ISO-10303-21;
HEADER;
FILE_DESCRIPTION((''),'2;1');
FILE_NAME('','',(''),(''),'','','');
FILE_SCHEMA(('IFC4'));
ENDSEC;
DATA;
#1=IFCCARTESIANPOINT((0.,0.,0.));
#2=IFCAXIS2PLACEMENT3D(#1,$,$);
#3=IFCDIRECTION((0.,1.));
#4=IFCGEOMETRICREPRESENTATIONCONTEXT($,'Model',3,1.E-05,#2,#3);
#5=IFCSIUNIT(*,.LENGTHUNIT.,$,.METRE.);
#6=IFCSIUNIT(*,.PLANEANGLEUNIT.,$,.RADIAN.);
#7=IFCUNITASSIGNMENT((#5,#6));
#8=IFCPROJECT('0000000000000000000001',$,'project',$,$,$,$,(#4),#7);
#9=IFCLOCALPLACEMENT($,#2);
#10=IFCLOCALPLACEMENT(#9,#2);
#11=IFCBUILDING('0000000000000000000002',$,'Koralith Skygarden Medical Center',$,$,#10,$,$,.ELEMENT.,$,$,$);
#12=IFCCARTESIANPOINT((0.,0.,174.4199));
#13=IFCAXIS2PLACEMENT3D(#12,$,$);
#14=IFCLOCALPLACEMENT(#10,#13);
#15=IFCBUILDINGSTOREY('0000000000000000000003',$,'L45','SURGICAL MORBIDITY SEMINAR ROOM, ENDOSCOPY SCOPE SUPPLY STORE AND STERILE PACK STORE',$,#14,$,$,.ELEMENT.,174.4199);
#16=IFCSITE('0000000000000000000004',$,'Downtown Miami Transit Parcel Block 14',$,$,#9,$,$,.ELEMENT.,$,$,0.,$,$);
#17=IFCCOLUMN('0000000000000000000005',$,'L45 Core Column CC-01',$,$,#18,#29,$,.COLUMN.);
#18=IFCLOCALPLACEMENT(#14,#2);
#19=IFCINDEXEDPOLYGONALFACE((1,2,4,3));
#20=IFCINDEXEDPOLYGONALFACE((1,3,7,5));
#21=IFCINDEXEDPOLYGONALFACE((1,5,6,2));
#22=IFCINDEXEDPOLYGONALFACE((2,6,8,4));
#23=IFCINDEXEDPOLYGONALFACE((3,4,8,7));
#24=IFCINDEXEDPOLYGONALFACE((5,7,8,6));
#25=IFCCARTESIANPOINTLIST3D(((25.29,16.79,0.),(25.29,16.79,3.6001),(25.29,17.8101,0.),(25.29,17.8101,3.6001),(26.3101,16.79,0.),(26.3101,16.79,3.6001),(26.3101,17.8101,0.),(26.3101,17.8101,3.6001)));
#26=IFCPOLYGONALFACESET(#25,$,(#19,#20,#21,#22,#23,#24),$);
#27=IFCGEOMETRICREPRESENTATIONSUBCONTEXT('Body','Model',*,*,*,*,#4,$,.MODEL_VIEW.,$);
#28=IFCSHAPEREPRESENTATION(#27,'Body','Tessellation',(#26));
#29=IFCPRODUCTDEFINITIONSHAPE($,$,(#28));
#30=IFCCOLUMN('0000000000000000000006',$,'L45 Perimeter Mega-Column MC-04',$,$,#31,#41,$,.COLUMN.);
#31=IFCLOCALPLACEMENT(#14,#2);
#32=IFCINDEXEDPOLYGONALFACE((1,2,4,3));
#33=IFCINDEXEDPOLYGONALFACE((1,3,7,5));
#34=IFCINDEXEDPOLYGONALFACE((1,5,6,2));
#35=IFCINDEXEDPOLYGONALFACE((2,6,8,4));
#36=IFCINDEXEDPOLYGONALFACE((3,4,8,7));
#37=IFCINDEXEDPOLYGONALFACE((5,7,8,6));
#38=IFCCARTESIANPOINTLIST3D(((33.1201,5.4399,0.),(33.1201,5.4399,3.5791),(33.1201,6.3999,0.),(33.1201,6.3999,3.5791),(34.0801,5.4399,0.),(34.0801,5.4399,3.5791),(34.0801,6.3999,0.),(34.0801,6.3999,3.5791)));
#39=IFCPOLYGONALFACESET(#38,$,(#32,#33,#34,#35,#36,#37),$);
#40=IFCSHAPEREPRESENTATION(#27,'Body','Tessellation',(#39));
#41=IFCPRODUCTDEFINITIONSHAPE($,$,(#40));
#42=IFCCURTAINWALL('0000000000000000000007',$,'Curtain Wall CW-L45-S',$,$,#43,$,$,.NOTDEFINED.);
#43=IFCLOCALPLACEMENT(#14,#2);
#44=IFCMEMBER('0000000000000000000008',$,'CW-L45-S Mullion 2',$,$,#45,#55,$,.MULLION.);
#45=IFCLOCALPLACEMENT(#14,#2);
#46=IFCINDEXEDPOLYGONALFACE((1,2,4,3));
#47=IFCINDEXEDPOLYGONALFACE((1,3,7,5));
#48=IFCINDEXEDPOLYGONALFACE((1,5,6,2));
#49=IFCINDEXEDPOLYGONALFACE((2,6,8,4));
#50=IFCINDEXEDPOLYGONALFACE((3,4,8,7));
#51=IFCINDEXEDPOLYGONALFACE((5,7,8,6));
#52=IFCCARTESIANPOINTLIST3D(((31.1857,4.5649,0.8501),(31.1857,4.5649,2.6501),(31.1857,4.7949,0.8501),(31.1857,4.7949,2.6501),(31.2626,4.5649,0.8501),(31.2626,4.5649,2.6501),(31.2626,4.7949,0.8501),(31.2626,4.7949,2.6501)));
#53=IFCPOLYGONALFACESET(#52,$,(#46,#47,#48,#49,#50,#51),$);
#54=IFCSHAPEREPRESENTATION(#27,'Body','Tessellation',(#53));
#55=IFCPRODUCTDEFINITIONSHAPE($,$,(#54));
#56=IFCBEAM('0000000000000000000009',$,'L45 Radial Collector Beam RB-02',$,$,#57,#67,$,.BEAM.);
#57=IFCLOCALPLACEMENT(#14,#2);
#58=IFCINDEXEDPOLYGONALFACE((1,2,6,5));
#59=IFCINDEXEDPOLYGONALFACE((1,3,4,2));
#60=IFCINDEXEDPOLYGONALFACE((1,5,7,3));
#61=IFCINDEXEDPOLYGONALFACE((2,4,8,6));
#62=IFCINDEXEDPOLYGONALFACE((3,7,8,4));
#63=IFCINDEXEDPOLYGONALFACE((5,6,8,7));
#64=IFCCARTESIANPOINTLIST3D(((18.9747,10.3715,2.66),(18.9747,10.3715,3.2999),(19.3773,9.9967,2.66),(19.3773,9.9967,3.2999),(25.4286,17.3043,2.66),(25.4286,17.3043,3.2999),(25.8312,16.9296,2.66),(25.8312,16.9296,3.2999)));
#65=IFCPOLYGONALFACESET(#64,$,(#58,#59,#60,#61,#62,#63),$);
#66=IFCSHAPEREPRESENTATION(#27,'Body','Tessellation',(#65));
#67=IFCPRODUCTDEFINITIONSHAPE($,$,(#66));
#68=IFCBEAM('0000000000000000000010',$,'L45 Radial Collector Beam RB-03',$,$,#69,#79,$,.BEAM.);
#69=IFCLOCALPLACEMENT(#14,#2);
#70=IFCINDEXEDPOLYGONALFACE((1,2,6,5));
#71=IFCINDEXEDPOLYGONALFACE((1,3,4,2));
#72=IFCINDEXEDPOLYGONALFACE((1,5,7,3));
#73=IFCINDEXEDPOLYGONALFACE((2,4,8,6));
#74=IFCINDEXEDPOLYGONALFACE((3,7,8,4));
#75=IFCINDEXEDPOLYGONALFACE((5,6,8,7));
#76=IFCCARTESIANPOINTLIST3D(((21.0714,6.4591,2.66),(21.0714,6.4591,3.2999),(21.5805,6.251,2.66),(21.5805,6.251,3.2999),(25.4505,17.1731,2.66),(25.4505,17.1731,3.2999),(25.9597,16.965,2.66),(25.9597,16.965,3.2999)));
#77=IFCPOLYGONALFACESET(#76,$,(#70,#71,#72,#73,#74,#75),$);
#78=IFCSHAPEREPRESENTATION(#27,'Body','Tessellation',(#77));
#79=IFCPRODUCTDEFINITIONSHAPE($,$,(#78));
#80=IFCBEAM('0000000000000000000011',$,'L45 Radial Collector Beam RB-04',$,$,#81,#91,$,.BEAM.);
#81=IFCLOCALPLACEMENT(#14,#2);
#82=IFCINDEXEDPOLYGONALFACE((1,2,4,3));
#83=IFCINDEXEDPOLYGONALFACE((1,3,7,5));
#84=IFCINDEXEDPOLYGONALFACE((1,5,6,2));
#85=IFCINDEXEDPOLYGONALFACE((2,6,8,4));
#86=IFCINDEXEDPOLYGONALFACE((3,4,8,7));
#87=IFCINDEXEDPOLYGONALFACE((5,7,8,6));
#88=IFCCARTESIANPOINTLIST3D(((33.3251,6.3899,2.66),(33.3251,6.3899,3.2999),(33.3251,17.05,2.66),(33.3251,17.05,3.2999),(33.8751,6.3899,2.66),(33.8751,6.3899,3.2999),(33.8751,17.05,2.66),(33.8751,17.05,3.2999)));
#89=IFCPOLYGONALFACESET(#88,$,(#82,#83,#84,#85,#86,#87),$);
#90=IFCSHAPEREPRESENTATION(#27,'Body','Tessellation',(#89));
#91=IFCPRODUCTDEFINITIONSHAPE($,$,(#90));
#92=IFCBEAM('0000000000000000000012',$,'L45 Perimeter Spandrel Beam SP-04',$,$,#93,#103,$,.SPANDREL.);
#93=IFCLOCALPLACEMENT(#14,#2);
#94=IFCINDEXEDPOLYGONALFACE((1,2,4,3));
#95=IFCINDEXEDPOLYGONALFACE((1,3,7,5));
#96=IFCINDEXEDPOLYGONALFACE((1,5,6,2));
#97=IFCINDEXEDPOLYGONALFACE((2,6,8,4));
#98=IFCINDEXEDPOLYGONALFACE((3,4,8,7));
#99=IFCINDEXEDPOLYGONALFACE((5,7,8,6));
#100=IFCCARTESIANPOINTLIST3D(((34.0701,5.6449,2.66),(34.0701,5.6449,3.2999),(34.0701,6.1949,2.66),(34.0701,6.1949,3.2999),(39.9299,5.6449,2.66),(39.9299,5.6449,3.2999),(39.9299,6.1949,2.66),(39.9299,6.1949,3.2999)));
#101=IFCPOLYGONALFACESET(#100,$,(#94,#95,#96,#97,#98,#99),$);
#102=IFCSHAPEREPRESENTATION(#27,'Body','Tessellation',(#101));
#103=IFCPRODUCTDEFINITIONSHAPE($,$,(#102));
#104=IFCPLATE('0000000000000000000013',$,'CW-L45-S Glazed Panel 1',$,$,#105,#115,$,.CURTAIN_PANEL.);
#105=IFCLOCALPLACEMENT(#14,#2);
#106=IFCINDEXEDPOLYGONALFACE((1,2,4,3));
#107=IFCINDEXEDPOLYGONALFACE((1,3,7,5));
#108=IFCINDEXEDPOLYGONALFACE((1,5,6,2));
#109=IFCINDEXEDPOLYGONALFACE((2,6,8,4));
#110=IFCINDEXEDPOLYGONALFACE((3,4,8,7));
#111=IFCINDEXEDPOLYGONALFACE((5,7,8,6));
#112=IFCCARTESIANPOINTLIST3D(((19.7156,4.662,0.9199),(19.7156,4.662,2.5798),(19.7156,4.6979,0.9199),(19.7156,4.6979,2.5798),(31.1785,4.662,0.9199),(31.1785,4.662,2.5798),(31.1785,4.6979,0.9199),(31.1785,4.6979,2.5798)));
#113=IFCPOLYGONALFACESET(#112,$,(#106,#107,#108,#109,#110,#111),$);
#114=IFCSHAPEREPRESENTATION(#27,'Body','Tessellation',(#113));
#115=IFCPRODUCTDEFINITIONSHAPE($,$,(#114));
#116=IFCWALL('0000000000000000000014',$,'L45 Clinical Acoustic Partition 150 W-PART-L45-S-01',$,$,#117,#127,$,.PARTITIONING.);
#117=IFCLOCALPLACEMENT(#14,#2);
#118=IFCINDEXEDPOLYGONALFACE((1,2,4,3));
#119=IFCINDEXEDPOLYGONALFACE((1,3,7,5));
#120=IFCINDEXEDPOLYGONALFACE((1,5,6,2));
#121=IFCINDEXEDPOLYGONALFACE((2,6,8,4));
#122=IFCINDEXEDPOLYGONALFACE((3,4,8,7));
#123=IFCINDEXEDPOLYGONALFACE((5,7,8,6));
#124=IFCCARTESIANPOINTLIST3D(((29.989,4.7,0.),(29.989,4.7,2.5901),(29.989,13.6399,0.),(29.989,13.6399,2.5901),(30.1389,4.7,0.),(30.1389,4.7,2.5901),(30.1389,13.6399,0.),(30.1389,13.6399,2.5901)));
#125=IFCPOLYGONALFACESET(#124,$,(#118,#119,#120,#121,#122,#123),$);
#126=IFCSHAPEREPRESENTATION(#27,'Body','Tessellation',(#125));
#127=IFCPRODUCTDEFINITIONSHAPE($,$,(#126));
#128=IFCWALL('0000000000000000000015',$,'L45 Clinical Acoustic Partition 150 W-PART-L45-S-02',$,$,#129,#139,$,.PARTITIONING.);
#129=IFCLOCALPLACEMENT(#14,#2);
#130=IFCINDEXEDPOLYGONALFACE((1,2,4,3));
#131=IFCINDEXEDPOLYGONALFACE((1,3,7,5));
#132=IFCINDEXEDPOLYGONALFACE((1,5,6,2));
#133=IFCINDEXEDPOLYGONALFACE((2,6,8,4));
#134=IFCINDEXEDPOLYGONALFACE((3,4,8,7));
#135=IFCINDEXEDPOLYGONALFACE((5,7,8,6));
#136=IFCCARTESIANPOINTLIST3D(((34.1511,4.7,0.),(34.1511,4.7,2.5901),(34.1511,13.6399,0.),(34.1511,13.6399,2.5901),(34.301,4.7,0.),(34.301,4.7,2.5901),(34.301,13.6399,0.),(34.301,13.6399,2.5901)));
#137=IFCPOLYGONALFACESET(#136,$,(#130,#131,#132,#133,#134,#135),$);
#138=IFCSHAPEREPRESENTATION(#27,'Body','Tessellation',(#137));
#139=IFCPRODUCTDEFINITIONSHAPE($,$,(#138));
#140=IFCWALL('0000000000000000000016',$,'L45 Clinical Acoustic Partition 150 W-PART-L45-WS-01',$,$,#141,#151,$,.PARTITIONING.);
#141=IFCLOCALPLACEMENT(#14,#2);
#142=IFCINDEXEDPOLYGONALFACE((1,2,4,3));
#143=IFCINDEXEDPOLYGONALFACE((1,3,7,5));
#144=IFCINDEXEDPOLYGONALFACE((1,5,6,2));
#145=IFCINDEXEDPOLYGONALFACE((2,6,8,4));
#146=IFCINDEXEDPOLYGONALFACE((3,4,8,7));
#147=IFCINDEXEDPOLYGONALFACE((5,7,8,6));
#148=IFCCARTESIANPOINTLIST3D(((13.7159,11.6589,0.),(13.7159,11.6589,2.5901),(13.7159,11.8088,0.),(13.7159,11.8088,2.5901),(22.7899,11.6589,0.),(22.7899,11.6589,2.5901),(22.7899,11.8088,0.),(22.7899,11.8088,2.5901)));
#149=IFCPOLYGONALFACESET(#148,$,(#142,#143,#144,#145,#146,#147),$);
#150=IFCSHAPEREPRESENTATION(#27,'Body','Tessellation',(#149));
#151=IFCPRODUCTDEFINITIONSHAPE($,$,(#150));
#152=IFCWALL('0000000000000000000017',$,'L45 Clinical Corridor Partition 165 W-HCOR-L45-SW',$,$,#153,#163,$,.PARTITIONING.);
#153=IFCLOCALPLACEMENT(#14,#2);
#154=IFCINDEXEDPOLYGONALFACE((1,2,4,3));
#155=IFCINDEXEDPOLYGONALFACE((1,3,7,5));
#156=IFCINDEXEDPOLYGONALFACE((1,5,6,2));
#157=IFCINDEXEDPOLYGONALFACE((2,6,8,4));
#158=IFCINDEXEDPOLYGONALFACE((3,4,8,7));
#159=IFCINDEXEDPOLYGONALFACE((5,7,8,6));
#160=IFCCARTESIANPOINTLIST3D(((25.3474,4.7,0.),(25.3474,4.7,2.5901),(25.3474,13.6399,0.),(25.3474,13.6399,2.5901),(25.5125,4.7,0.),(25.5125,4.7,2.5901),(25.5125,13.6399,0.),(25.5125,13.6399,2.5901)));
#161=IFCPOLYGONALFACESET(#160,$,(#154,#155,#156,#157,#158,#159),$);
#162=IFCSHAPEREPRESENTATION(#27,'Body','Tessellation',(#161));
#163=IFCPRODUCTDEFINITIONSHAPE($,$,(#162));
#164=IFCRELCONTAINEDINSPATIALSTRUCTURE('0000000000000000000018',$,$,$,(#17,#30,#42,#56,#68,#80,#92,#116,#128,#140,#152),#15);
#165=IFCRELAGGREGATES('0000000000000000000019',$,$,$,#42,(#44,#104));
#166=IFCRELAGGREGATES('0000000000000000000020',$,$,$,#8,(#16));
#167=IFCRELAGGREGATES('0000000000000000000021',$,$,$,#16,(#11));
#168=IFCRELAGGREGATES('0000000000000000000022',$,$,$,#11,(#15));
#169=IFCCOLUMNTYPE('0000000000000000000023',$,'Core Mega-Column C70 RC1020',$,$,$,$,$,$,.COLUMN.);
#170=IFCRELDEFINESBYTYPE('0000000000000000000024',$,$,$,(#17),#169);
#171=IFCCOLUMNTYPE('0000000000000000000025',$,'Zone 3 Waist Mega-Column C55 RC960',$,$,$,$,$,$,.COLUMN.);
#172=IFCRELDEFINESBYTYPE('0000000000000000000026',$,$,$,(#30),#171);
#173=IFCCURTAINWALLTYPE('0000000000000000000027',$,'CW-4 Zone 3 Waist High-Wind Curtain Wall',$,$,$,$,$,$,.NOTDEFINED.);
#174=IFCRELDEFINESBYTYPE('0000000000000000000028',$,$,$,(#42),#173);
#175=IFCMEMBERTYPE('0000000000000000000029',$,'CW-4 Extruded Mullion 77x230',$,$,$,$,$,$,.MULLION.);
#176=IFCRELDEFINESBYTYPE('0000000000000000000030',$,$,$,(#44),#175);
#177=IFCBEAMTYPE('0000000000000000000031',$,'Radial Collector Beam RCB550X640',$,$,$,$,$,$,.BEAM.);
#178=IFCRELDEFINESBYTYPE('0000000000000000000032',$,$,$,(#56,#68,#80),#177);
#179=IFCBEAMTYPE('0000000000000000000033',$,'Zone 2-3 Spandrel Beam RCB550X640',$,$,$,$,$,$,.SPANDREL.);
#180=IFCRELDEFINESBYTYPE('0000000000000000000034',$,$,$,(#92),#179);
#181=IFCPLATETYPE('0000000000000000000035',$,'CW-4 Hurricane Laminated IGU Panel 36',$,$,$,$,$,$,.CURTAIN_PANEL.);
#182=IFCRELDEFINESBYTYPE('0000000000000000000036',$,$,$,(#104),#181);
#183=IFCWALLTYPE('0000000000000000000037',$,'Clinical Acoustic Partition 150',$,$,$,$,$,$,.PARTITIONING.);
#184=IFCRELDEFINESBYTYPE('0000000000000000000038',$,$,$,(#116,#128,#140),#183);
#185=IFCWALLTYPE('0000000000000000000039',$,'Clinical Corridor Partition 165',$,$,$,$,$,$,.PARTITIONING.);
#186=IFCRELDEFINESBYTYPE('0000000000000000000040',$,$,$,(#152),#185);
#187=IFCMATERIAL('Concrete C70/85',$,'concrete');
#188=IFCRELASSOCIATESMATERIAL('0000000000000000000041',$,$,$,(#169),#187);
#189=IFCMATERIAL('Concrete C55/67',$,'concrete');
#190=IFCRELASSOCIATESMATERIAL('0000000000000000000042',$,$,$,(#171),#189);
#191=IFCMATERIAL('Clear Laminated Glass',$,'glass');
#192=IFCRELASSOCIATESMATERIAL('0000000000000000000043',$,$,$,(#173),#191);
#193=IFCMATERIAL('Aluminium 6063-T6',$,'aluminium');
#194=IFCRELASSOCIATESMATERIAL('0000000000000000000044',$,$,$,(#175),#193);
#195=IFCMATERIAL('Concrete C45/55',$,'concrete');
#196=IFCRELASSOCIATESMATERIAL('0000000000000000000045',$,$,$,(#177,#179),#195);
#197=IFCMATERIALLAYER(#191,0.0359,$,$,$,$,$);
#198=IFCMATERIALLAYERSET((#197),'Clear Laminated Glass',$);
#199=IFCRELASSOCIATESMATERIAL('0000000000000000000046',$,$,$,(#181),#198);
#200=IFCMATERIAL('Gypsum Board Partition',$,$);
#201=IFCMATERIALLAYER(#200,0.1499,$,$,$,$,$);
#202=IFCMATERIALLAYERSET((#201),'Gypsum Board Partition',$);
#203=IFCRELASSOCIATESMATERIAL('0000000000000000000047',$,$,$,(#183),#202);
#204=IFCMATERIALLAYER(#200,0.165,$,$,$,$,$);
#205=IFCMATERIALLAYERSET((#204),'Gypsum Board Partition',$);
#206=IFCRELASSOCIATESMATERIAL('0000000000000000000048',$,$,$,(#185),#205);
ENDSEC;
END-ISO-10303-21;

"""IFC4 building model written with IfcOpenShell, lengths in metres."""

from ifc_helpers import new_model, si_unit, direction, frame, frame_2d, origin, origin_2d, place, context, subcontext, project, spatial, rectangle, extrude, material, layer, layer_set, material_profile, profile_set, type_object, element, aggregate, save


model = new_model("IFC4")

# Units and contexts
model_context = context("Model", 3, precision=1e-05, world=origin(), true_north=direction((0.0, 1.0)))
body_context = subcontext(model_context, "Body", "Model", "MODEL_VIEW")
ifc_project = project(units=[si_unit("LENGTHUNIT", "METRE"), si_unit("PLANEANGLEUNIT", "RADIAN")], contexts=[model_context])

# Site, building, storey
site_placement = place(None, origin())
site = spatial("IfcSite", under=ifc_project, at=site_placement, Name="Downtown Miami Transit Parcel Block 14", CompositionType="ELEMENT", RefElevation=0.0)
building_placement = place(site_placement, origin())
building = spatial("IfcBuilding", under=site, at=building_placement, Name="Koralith Skygarden Medical Center", CompositionType="ELEMENT")
storey_placement = place(building_placement, frame((0.0, 0.0, 174.4199)))
storey = spatial("IfcBuildingStorey", under=building, at=storey_placement, Name="L45", Description="SURGICAL MORBIDITY SEMINAR ROOM, ENDOSCOPY SCOPE SUPPLY STORE AND STERILE PACK STORE", CompositionType="ELEMENT", Elevation=174.4199)

# Columns
ifc_material_1 = material(Name="Concrete C70/85", Category="concrete")
ifc_material_profile_1 = material_profile(ifc_material_1, rectangle(XDim=1.02, YDim=1.02, at=origin_2d()), Name="RC1020X1020")
ifc_profile_set_1 = profile_set([ifc_material_profile_1], Name="Concrete C70/85")
column_type_1 = type_object("IfcColumnType", Name="Core Mega-Column C70 RC1020", PredefinedType="COLUMN", material=ifc_profile_set_1)
column_1_placement = place(storey_placement, frame((25.8, 17.3, 0.0), z_axis=(0.0, 0.0, 1.0), x_axis=(1.0, 0.0, 0.0)))
element("IfcColumn", 1, at=column_1_placement, inside=storey, type_object=column_type_1, Name="L45 Core Column CC-01", PredefinedType="COLUMN", context=body_context, shape_type="SweptSolid", body=[
    extrude(rectangle(XDim=1.02, YDim=1.02, at=origin_2d()), origin(), (0.0, 0.0, 1.0), 3.6001),
])
ifc_material_2 = material(Name="Concrete C55/67", Category="concrete")
ifc_material_profile_2 = material_profile(ifc_material_2, rectangle(XDim=0.96, YDim=0.96, at=origin_2d()), Name="RC960X960")
ifc_profile_set_2 = profile_set([ifc_material_profile_2], Name="Concrete C55/67")
column_type_2 = type_object("IfcColumnType", Name="Zone 3 Waist Mega-Column C55 RC960", PredefinedType="COLUMN", material=ifc_profile_set_2)
column_2_placement = place(storey_placement, frame((33.6001, 5.9199, 0.0), z_axis=(0.0, 0.0, 1.0), x_axis=(1.0, 0.0, 0.0)))
element("IfcColumn", 2, at=column_2_placement, inside=storey, type_object=column_type_2, Name="L45 Perimeter Mega-Column MC-04", PredefinedType="COLUMN", context=body_context, shape_type="SweptSolid", body=[
    extrude(rectangle(XDim=0.96, YDim=0.96, at=origin_2d()), origin(), (0.0, 0.0, 1.0), 3.5791),
])

# Curtain wall, member
ifc_material_3 = material(Name="Clear Laminated Glass", Category="glass")
curtain_wall_type = type_object("IfcCurtainWallType", Name="CW-4 Zone 3 Waist High-Wind Curtain Wall", PredefinedType="NOTDEFINED", material=ifc_material_3)
curtain_wall_placement = place(storey_placement, origin())
curtain_wall = element("IfcCurtainWall", 3, at=curtain_wall_placement, inside=storey, type_object=curtain_wall_type, Name="Curtain Wall CW-L45-S", PredefinedType="NOTDEFINED")
ifc_material_4 = material(Name="Aluminium 6063-T6", Category="aluminium")
ifc_material_profile_3 = material_profile(ifc_material_4, rectangle(XDim=0.0769, YDim=0.23, at=origin_2d()), Name="MUL77X230")
ifc_profile_set_3 = profile_set([ifc_material_profile_3], Name="Aluminium 6063-T6")
member_type = type_object("IfcMemberType", Name="CW-4 Extruded Mullion 77x230", PredefinedType="MULLION", material=ifc_profile_set_3)
member_placement = place(storey_placement, frame((31.2241, 4.6799, 0.8501), z_axis=(0.0, 0.0, 1.0), x_axis=(1.0, 0.0, 0.0)))
member = element("IfcMember", 4, at=member_placement, type_object=member_type, Name="CW-L45-S Mullion 2", PredefinedType="MULLION", context=body_context, shape_type="SweptSolid", body=[
    extrude(rectangle(XDim=0.0769, YDim=0.23, at=origin_2d()), origin(), (0.0, 0.0, 1.0), 1.8),
])

# Beams
ifc_material_5 = material(Name="Concrete C45/55", Category="concrete")
ifc_material_profile_4 = material_profile(ifc_material_5, rectangle(XDim=0.55, YDim=0.6399, at=origin_2d()), Name="RCB550X640")
ifc_profile_set_4 = profile_set([ifc_material_profile_4], Name="Concrete C45/55")
beam_type_1 = type_object("IfcBeamType", Name="Radial Collector Beam RCB550X640", PredefinedType="BEAM", material=ifc_profile_set_4)
beam_1_placement = place(storey_placement, frame((25.6299, 17.1169, 2.98), z_axis=(-0.681369, -0.73194, 0.0), x_axis=(0.73194, -0.681369, 0.0)))
element("IfcBeam", 5, at=beam_1_placement, inside=storey, type_object=beam_type_1, Name="L45 Radial Collector Beam RB-02", PredefinedType="BEAM", context=body_context, shape_type="SweptSolid", body=[
    extrude(rectangle(XDim=0.55, YDim=0.6399, at=origin_2d()), origin(), (0.0, 0.0, 1.0), 9.4719),
])
beam_2_placement = place(storey_placement, frame((25.7051, 17.0691, 2.98), z_axis=(-0.378345, -0.925665, 0.0), x_axis=(0.925665, -0.378345, 0.0)))
element("IfcBeam", 6, at=beam_2_placement, inside=storey, type_object=beam_type_1, Name="L45 Radial Collector Beam RB-03", PredefinedType="BEAM", context=body_context, shape_type="SweptSolid", body=[
    extrude(rectangle(XDim=0.55, YDim=0.6399, at=origin_2d()), origin(), (0.0, 0.0, 1.0), 11.5745),
])
beam_3_placement = place(storey_placement, frame((33.6001, 17.05, 2.98), z_axis=(0.0, -1.0, 0.0), x_axis=(1.0, 0.0, 0.0)))
element("IfcBeam", 7, at=beam_3_placement, inside=storey, type_object=beam_type_1, Name="L45 Radial Collector Beam RB-04", PredefinedType="BEAM", context=body_context, shape_type="SweptSolid", body=[
    extrude(rectangle(XDim=0.55, YDim=0.6399, at=origin_2d()), origin(), (0.0, 0.0, 1.0), 10.6602),
])
ifc_material_profile_5 = material_profile(ifc_material_5, rectangle(XDim=0.55, YDim=0.6399, at=origin_2d()), Name="RCB550X640")
ifc_profile_set_5 = profile_set([ifc_material_profile_5], Name="Concrete C45/55")
beam_type_2 = type_object("IfcBeamType", Name="Zone 2-3 Spandrel Beam RCB550X640", PredefinedType="SPANDREL", material=ifc_profile_set_5)
beam_4_placement = place(storey_placement, frame((34.0701, 5.9199, 2.98), z_axis=(1.0, 0.0, 0.0), x_axis=(0.0, 1.0, 0.0)))
element("IfcBeam", 8, at=beam_4_placement, inside=storey, type_object=beam_type_2, Name="L45 Perimeter Spandrel Beam SP-04", PredefinedType="SPANDREL", context=body_context, shape_type="SweptSolid", body=[
    extrude(rectangle(XDim=0.55, YDim=0.6399, at=origin_2d()), origin(), (0.0, 0.0, 1.0), 5.8599),
])

# Plate
ifc_layer_1 = layer(ifc_material_3, 0.0359)
ifc_layer_set_1 = layer_set([ifc_layer_1], Name="Clear Laminated Glass")
plate_type = type_object("IfcPlateType", Name="CW-4 Hurricane Laminated IGU Panel 36", PredefinedType="CURTAIN_PANEL", material=ifc_layer_set_1)
plate_placement = place(storey_placement, frame((25.447, 4.6799, 0.9199), z_axis=(0.0, 0.0, 1.0), x_axis=(1.0, 0.0, 0.0)))
plate = element("IfcPlate", 9, at=plate_placement, type_object=plate_type, Name="CW-L45-S Glazed Panel 1", PredefinedType="CURTAIN_PANEL", context=body_context, shape_type="SweptSolid", body=[
    extrude(rectangle(XDim=11.4629, YDim=0.0359, at=origin_2d()), origin(), (0.0, 0.0, 1.0), 1.6599),
])
aggregate(curtain_wall, [member, plate])

# Walls
ifc_material_6 = material(Name="Gypsum Board Partition")
ifc_layer_2 = layer(ifc_material_6, 0.1499)
ifc_layer_set_2 = layer_set([ifc_layer_2], Name="Gypsum Board Partition")
wall_type_1 = type_object("IfcWallType", Name="Clinical Acoustic Partition 150", PredefinedType="PARTITIONING", material=ifc_layer_set_2)
for number, where, z_axis, x_axis, name in (
    (10, (30.064, 13.6399, 0.0), (0.0, 0.0, 1.0), (0.0, -1.0, 0.0), "L45 Clinical Acoustic Partition 150 W-PART-L45-S-01"),
    (11, (34.2261, 13.6399, 0.0), (0.0, 0.0, 1.0), (0.0, -1.0, 0.0), "L45 Clinical Acoustic Partition 150 W-PART-L45-S-02"),
):
    element("IfcWall", number, at=place(storey_placement, frame(where, z_axis=z_axis, x_axis=x_axis)), inside=storey, type_object=wall_type_1, Name=name, PredefinedType="PARTITIONING", context=body_context, shape_type="SweptSolid", body=[
        extrude(rectangle(XDim=8.9399, YDim=0.1499, at=frame_2d((4.47, 0.0))), origin(), (0.0, 0.0, 1.0), 2.5901),
    ])
wall_1_placement = place(storey_placement, frame((22.79, 11.7339, 0.0), z_axis=(0.0, 0.0, 1.0), x_axis=(-1.0, 0.0, 0.0)))
element("IfcWall", 12, at=wall_1_placement, inside=storey, type_object=wall_type_1, Name="L45 Clinical Acoustic Partition 150 W-PART-L45-WS-01", PredefinedType="PARTITIONING", context=body_context, shape_type="SweptSolid", body=[
    extrude(rectangle(XDim=9.074, YDim=0.1499, at=frame_2d((4.5371, 0.0))), origin(), (0.0, 0.0, 1.0), 2.5901),
])
ifc_layer_3 = layer(ifc_material_6, 0.165)
ifc_layer_set_3 = layer_set([ifc_layer_3], Name="Gypsum Board Partition")
wall_type_2 = type_object("IfcWallType", Name="Clinical Corridor Partition 165", PredefinedType="PARTITIONING", material=ifc_layer_set_3)
wall_2_placement = place(storey_placement, frame((25.4299, 4.7, 0.0), z_axis=(0.0, 0.0, 1.0), x_axis=(0.0, 1.0, 0.0)))
element("IfcWall", 13, at=wall_2_placement, inside=storey, type_object=wall_type_2, Name="L45 Clinical Corridor Partition 165 W-HCOR-L45-SW", PredefinedType="PARTITIONING", context=body_context, shape_type="SweptSolid", body=[
    extrude(rectangle(XDim=8.9399, YDim=0.165, at=frame_2d((4.47, 0.0))), origin(), (0.0, 0.0, 1.0), 2.5901),
])

save(model, "model.ifc")
